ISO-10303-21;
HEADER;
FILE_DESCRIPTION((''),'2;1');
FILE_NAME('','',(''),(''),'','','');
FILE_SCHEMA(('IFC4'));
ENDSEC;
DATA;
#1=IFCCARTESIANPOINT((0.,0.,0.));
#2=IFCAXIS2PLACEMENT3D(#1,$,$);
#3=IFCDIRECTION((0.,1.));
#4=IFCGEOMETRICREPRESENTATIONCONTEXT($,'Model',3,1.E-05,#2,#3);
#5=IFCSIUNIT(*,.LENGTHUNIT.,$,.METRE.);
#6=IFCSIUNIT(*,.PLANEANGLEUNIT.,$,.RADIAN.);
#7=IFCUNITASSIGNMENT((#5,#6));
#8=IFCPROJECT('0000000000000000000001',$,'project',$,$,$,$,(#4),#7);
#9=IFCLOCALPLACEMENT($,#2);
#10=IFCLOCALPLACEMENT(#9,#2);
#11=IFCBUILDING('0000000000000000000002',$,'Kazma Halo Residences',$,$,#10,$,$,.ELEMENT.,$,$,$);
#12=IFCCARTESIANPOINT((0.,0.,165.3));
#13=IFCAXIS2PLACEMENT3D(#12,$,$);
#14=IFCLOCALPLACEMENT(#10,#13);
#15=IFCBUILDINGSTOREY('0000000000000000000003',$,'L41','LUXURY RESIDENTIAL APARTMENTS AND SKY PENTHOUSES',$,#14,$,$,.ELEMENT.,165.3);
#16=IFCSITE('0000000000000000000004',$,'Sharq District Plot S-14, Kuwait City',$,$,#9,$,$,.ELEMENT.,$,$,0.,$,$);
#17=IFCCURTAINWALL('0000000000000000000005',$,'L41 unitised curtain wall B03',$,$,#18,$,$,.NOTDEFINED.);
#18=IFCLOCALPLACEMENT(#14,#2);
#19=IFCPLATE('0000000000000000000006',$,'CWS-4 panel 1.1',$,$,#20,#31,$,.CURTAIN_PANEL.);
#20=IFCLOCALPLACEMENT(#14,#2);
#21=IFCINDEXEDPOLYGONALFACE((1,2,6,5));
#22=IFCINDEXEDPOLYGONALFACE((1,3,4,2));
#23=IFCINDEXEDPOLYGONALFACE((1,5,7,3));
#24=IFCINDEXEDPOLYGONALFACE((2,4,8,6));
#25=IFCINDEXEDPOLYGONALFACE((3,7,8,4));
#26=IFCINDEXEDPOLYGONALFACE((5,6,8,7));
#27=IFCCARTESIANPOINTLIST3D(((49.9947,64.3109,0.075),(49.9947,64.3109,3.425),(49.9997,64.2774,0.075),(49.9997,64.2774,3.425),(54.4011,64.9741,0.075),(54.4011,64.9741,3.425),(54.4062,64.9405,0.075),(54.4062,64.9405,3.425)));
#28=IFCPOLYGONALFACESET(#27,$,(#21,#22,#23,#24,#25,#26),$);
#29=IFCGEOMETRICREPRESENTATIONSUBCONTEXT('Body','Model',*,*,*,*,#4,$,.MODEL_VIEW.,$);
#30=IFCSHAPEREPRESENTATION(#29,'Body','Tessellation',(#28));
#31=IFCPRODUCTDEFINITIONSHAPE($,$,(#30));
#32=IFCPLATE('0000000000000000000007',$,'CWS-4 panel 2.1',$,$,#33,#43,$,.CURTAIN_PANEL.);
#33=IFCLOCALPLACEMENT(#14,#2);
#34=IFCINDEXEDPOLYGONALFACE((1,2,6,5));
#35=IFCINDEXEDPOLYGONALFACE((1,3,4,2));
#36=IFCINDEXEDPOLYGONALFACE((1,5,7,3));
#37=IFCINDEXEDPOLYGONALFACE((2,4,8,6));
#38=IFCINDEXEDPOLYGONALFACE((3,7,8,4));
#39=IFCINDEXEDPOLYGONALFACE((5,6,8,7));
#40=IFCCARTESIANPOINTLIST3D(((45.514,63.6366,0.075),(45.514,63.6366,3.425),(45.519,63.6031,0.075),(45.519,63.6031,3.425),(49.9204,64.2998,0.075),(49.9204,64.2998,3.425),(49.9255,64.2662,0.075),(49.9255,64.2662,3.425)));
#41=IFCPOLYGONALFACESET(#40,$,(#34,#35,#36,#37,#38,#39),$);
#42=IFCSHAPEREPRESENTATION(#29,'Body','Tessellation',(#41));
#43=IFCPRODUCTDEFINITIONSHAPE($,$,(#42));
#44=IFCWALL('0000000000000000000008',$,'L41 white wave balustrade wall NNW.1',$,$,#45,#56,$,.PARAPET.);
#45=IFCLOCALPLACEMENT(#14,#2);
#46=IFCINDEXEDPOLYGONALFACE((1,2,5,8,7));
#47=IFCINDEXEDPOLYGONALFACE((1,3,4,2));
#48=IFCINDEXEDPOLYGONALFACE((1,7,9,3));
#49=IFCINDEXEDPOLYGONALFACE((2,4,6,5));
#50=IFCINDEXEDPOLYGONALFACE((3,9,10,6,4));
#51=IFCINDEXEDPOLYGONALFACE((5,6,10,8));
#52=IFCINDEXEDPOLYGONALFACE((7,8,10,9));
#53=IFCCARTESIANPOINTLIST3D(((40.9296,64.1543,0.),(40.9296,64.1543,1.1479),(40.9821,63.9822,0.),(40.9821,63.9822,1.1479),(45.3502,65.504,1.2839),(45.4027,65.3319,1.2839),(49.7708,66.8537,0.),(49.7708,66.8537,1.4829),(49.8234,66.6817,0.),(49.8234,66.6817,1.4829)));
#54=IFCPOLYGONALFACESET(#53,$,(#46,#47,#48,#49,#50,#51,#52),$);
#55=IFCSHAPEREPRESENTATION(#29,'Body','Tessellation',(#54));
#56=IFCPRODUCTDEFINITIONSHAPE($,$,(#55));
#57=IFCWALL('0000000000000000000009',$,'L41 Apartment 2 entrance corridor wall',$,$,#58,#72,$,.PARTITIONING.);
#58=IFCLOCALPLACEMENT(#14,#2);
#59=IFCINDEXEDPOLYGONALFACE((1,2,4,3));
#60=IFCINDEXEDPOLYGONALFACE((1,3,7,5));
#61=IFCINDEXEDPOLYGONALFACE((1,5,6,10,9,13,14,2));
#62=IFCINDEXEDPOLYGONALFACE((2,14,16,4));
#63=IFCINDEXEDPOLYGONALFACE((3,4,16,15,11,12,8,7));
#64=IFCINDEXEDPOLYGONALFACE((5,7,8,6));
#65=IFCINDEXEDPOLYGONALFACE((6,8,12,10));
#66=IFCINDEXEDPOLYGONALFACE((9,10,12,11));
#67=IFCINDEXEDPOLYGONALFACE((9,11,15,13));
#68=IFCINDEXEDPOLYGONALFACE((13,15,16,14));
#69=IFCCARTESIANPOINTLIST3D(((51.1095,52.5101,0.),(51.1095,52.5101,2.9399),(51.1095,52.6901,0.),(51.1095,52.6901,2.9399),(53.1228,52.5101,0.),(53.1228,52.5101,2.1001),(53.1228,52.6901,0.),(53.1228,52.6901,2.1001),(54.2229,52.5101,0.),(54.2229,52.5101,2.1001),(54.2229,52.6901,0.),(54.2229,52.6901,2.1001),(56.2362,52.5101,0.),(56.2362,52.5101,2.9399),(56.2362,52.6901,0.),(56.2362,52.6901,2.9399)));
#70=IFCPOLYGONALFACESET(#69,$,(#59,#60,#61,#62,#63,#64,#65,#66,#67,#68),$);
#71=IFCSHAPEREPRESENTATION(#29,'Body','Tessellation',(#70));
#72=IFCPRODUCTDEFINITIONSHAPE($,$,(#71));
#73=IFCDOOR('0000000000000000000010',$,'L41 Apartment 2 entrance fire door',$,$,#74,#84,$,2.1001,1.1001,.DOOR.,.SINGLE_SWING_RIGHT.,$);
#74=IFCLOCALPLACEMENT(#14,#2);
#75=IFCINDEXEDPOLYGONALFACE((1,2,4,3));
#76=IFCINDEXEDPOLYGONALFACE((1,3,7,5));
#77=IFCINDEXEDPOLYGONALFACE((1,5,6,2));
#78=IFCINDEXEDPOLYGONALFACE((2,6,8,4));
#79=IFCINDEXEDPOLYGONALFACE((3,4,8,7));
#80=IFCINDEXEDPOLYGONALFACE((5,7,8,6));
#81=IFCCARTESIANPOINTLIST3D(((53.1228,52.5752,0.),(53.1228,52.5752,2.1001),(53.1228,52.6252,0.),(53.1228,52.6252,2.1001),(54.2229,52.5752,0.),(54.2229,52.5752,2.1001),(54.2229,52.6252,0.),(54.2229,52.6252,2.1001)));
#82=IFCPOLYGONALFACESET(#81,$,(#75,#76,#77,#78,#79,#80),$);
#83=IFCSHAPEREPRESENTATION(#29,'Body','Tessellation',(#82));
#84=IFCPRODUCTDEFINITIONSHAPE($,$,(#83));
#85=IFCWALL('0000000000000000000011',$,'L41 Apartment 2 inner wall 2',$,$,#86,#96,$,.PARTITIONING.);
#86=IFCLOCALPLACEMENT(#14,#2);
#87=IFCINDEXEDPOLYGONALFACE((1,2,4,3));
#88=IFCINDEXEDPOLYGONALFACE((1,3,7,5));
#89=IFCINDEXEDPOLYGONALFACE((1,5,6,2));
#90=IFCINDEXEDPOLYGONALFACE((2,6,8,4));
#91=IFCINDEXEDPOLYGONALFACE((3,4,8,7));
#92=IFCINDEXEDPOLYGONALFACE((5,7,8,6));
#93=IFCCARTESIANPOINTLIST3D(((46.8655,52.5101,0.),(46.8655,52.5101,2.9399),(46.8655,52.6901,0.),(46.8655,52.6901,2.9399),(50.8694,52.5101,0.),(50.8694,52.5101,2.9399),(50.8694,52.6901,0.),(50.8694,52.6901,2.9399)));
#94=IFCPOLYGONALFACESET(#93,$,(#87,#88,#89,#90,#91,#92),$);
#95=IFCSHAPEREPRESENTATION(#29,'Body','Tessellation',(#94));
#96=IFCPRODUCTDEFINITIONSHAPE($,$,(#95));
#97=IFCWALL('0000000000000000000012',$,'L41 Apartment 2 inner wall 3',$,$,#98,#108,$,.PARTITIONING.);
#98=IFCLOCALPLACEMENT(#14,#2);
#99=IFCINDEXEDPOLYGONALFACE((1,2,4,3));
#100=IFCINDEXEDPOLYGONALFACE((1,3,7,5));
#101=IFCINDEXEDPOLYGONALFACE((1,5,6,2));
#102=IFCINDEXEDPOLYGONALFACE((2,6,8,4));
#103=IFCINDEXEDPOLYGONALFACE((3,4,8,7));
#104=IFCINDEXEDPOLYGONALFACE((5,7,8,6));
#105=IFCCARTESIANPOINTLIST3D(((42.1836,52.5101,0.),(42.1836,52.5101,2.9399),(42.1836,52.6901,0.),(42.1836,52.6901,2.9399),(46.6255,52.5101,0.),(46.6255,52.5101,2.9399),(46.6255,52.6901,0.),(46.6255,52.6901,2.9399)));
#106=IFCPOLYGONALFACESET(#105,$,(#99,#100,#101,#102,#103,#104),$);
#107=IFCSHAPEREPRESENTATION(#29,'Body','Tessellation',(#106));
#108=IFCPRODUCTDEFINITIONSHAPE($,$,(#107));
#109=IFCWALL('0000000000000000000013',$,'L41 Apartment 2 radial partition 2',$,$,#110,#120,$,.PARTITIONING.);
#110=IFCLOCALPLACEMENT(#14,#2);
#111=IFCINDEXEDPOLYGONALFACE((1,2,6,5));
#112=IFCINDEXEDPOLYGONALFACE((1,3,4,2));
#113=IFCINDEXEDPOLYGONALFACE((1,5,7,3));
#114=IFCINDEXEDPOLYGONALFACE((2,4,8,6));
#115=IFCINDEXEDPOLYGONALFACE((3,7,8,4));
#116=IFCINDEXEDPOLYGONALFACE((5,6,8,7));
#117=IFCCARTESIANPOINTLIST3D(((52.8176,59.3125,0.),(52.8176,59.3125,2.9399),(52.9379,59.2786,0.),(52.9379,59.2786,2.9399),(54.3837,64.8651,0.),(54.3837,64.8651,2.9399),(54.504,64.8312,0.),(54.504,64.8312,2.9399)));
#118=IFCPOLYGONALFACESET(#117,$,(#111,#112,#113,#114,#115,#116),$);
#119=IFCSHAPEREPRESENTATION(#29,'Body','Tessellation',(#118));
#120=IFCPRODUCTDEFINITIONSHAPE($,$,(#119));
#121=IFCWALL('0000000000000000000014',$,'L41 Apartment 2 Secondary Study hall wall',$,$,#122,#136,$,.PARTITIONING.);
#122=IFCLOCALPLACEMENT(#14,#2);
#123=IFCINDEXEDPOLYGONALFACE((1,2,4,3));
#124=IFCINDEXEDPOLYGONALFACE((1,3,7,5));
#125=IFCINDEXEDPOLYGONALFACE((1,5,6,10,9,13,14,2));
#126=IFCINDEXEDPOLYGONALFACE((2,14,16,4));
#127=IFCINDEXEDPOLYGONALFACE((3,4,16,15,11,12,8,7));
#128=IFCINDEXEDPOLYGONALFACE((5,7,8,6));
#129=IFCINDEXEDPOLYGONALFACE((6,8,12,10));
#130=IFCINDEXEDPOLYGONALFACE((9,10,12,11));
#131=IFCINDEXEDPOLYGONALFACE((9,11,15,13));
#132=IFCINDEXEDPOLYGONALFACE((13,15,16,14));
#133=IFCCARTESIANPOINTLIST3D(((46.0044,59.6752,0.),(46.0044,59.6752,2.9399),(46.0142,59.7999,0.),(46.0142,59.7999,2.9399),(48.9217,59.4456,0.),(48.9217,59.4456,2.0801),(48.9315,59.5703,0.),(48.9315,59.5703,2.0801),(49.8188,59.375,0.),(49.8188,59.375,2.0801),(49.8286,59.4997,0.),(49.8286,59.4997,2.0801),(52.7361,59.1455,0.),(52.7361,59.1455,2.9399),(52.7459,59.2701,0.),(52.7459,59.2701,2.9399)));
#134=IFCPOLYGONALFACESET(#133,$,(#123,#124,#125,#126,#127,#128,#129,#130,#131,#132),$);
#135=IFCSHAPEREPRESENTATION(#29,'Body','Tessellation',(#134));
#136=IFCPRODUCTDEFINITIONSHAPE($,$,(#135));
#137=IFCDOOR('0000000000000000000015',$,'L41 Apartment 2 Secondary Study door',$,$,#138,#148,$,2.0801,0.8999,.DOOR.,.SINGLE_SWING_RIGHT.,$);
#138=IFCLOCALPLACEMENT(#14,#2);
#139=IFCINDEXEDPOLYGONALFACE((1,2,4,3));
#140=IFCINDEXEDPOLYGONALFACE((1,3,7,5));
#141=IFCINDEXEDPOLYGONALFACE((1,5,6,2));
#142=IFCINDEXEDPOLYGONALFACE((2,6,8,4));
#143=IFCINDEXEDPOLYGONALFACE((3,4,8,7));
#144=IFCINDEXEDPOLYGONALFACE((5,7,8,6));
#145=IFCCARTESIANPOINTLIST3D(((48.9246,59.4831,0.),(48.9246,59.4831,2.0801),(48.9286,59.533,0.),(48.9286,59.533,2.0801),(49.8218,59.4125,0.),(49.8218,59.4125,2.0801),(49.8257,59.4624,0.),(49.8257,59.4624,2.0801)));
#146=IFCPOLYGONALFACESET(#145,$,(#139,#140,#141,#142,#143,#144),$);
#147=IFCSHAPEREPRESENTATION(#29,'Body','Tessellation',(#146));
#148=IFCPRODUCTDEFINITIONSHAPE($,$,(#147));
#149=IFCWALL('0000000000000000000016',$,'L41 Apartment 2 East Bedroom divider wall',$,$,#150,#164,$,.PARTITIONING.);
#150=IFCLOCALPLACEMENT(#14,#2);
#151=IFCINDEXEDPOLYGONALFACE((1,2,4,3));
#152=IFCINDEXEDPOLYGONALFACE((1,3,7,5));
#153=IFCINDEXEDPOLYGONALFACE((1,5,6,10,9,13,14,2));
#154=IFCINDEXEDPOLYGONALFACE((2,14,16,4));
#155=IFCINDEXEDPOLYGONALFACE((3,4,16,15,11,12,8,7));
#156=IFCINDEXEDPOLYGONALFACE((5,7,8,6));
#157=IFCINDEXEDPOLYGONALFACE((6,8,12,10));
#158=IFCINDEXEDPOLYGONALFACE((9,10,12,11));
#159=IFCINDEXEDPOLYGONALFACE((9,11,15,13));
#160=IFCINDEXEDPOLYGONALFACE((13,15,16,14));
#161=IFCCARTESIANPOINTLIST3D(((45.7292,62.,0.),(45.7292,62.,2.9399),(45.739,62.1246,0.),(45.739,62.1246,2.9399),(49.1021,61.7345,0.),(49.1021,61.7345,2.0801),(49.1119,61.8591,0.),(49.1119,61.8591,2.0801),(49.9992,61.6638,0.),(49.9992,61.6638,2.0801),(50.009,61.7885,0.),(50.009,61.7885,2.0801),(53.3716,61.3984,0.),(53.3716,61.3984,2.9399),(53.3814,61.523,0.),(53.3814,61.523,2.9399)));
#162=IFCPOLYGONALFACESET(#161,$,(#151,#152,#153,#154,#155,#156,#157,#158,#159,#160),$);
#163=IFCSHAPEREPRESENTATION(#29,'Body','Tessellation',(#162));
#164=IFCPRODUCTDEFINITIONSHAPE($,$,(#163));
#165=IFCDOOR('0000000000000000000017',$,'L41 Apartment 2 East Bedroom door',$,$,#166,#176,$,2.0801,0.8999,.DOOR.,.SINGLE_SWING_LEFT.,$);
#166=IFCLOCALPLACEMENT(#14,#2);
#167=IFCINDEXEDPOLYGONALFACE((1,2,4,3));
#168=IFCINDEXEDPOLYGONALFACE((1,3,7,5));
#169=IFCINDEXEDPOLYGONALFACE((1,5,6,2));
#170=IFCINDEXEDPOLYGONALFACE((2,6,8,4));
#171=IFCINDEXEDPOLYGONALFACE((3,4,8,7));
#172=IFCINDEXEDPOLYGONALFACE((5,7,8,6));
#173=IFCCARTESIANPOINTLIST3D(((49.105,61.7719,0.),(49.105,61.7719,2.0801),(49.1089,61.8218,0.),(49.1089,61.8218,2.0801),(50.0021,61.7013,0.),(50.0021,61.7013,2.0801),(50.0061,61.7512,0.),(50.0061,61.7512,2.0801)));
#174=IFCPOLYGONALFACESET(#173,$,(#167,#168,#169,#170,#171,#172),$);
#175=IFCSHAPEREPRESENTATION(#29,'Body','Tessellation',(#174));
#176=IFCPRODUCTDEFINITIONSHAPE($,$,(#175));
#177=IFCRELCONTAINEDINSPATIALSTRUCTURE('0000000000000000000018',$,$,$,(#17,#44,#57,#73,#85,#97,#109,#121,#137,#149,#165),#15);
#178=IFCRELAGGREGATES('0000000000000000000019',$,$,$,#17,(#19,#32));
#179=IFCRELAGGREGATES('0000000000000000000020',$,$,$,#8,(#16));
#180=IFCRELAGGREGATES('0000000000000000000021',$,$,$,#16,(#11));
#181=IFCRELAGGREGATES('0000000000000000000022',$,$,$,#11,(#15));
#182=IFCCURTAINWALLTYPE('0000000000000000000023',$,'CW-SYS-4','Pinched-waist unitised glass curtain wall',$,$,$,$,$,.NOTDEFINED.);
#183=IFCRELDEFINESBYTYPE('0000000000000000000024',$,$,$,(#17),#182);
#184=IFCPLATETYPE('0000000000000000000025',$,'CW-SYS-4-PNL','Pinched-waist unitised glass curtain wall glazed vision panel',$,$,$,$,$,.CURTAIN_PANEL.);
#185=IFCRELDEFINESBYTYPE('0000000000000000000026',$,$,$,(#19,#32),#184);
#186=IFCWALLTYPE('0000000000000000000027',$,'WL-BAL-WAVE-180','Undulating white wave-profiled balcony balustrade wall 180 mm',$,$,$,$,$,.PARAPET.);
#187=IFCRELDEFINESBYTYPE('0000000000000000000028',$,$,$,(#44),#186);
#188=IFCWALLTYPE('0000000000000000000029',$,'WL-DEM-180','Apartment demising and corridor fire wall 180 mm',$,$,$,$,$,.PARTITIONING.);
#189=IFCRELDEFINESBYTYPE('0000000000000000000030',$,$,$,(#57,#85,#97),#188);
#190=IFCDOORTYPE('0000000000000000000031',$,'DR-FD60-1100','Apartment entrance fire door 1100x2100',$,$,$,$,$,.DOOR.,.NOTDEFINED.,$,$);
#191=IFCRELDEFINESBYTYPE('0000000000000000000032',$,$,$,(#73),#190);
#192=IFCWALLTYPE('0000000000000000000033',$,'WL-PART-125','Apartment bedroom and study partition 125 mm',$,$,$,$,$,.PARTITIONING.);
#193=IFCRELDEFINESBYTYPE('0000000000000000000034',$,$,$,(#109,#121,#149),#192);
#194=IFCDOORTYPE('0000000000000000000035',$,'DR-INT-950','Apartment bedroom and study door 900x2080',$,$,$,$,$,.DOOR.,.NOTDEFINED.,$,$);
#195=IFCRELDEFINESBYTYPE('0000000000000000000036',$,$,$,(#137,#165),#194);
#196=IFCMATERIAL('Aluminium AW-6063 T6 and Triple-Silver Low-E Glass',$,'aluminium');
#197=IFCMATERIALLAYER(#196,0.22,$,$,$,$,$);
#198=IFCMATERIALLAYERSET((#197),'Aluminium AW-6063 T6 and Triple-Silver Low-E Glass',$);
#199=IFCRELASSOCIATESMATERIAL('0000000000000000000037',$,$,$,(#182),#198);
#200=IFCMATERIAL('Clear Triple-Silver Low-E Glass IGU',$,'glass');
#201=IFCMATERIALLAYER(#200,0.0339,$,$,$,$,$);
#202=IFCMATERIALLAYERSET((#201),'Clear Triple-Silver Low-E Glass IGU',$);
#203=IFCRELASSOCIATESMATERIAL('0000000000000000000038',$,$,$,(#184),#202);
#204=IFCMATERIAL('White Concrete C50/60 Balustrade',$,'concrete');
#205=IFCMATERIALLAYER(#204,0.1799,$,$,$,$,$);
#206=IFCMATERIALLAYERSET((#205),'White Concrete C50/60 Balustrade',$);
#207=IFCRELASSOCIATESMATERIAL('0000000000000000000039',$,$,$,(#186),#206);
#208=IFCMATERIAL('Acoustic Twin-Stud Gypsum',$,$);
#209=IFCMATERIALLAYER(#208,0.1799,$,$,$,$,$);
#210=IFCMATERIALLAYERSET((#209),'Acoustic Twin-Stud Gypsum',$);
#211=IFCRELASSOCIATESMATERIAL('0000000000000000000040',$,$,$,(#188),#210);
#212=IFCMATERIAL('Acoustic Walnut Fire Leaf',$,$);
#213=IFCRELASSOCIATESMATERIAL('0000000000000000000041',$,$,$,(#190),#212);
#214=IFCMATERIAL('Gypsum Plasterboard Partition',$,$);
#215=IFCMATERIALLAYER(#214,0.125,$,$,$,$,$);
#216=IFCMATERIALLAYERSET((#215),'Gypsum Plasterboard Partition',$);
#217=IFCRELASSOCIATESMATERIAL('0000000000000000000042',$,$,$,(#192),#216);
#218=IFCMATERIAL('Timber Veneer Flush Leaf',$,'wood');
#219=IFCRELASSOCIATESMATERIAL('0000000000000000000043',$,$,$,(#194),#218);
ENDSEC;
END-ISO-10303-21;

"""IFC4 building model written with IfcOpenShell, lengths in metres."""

from ifc_helpers import new_model, si_unit, direction, frame, frame_2d, origin, origin_2d, place, context, subcontext, project, spatial, polyline, rectangle, outline, extrude, material, layer, layer_set, type_object, element, fill, aggregate, save


model = new_model("IFC4")

# Units and contexts
model_context = context("Model", 3, precision=1e-05, world=origin(), true_north=direction((0.0, 1.0)))
body_context = subcontext(model_context, "Body", "Model", "MODEL_VIEW")
ifc_project = project(units=[si_unit("LENGTHUNIT", "METRE"), si_unit("PLANEANGLEUNIT", "RADIAN")], contexts=[model_context])

# Site, building, storey
site_placement = place(None, origin())
site = spatial("IfcSite", under=ifc_project, at=site_placement, Name="Sharq District Plot S-14, Kuwait City", CompositionType="ELEMENT", RefElevation=0.0)
building_placement = place(site_placement, origin())
building = spatial("IfcBuilding", under=site, at=building_placement, Name="Kazma Halo Residences", CompositionType="ELEMENT")
storey_placement = place(building_placement, frame((0.0, 0.0, 165.3)))
storey = spatial("IfcBuildingStorey", under=building, at=storey_placement, Name="L41", Description="LUXURY RESIDENTIAL APARTMENTS AND SKY PENTHOUSES", CompositionType="ELEMENT", Elevation=165.3)

# Curtain wall, plates
ifc_material_1 = material(Name="Aluminium AW-6063 T6 and Triple-Silver Low-E Glass", Category="aluminium")
ifc_layer_1 = layer(ifc_material_1, 0.22)
ifc_layer_set_1 = layer_set([ifc_layer_1], Name="Aluminium AW-6063 T6 and Triple-Silver Low-E Glass")
curtain_wall_type = type_object("IfcCurtainWallType", Name="CW-SYS-4", Description="Pinched-waist unitised glass curtain wall", PredefinedType="NOTDEFINED", material=ifc_layer_set_1)
curtain_wall_placement = place(storey_placement, origin())
curtain_wall = element("IfcCurtainWall", 1, at=curtain_wall_placement, inside=storey, type_object=curtain_wall_type, Name="L41 unitised curtain wall B03", PredefinedType="NOTDEFINED")
ifc_material_2 = material(Name="Clear Triple-Silver Low-E Glass IGU", Category="glass")
ifc_layer_2 = layer(ifc_material_2, 0.0339)
ifc_layer_set_2 = layer_set([ifc_layer_2], Name="Clear Triple-Silver Low-E Glass IGU")
plate_type = type_object("IfcPlateType", Name="CW-SYS-4-PNL", Description="Pinched-waist unitised glass curtain wall glazed vision panel", PredefinedType="CURTAIN_PANEL", material=ifc_layer_set_2)
plate_1_placement = place(storey_placement, frame((52.2004, 64.6257, 0.075), z_axis=(0.0, 0.0, 1.0), x_axis=(-0.988864, -0.148821, 0.0)))
plate_1 = element("IfcPlate", 2, at=plate_1_placement, type_object=plate_type, Name="CWS-4 panel 1.1", PredefinedType="CURTAIN_PANEL", context=body_context, shape_type="SweptSolid", body=[
    extrude(rectangle(XDim=4.4561, YDim=0.0339, at=origin_2d()), origin(), (0.0, 0.0, 1.0), 3.3501),
])
plate_2_placement = place(storey_placement, frame((47.7197, 63.9514, 0.075), z_axis=(0.0, 0.0, 1.0), x_axis=(-0.988864, -0.148821, 0.0)))
plate_2 = element("IfcPlate", 3, at=plate_2_placement, type_object=plate_type, Name="CWS-4 panel 2.1", PredefinedType="CURTAIN_PANEL", context=body_context, shape_type="SweptSolid", body=[
    extrude(rectangle(XDim=4.4561, YDim=0.0339, at=origin_2d()), origin(), (0.0, 0.0, 1.0), 3.3501),
])
aggregate(curtain_wall, [plate_1, plate_2])

# Wall
ifc_material_3 = material(Name="White Concrete C50/60 Balustrade", Category="concrete")
ifc_layer_3 = layer(ifc_material_3, 0.1799)
ifc_layer_set_3 = layer_set([ifc_layer_3], Name="White Concrete C50/60 Balustrade")
wall_type_1 = type_object("IfcWallType", Name="WL-BAL-WAVE-180", Description="Undulating white wave-profiled balcony balustrade wall 180 mm", PredefinedType="PARAPET", material=ifc_layer_set_3)
wall_1_placement = place(storey_placement, frame((49.7971, 66.7676, 0.0), z_axis=(0.0, 0.0, 1.0), x_axis=(-0.956413, -0.292016, 0.0)))
element("IfcWall", 4, at=wall_1_placement, inside=storey, type_object=wall_type_1, Name="L41 white wave balustrade wall NNW.1", PredefinedType="PARAPET", context=body_context, shape_type="SweptSolid", body=[
    extrude(outline(polyline([(0.0, 0.0), (9.2441, 0.0), (9.2441, 1.1479), (4.6221, 1.2839), (0.0, 1.4829), (0.0, 0.0)])), frame((0.0, 0.0898, 0.0), z_axis=(0.0, -1.0, 0.0), x_axis=(1.0, 0.0, 0.0)), (0.0, 0.0, 1.0), 0.1799),
])

# Wall, opening, door
ifc_material_4 = material(Name="Acoustic Twin-Stud Gypsum")
ifc_layer_4 = layer(ifc_material_4, 0.1799)
ifc_layer_set_4 = layer_set([ifc_layer_4], Name="Acoustic Twin-Stud Gypsum")
wall_type_2 = type_object("IfcWallType", Name="WL-DEM-180", Description="Apartment demising and corridor fire wall 180 mm", PredefinedType="PARTITIONING", material=ifc_layer_set_4)
wall_2_placement = place(storey_placement, frame((56.2363, 52.6001, 0.0), z_axis=(0.0, 0.0, 1.0), x_axis=(-1.0, 0.0, 0.0)))
wall_2 = element("IfcWall", 5, at=wall_2_placement, inside=storey, type_object=wall_type_2, Name="L41 Apartment 2 entrance corridor wall", PredefinedType="PARTITIONING", context=body_context, shape_type="SweptSolid", body=[
    extrude(rectangle(XDim=5.1267, YDim=0.1799, at=frame_2d((2.5635, 0.0))), origin(), (0.0, 0.0, 1.0), 2.9399),
])
opening_1_placement = place(wall_2_placement, frame((2.0134, 0.0, 0.0)))
opening_1 = element("IfcOpeningElement", 6, at=opening_1_placement, cuts=wall_2, PredefinedType="OPENING", context=body_context, shape_type="SweptSolid", body=[
    extrude(rectangle(XDim=1.1001, YDim=2.1001, at=frame_2d((0.55, 1.05))), frame((0.0, 0.0999, 0.0), z_axis=(0.0, -1.0, 0.0), x_axis=(1.0, 0.0, 0.0)), (0.0, 0.0, 1.0), 0.2),
])
ifc_material_5 = material(Name="Acoustic Walnut Fire Leaf")
door_type_1 = type_object("IfcDoorType", Name="DR-FD60-1100", Description="Apartment entrance fire door 1100x2100", OperationType="NOTDEFINED", PredefinedType="DOOR", material=ifc_material_5)
door_1_placement = place(opening_1_placement, origin())
door_1 = element("IfcDoor", 7, at=door_1_placement, inside=storey, type_object=door_type_1, Name="L41 Apartment 2 entrance fire door", OperationType="SINGLE_SWING_RIGHT", OverallHeight=2.1001, OverallWidth=1.1001, PredefinedType="DOOR", context=body_context, shape_type="SweptSolid", body=[
    extrude(rectangle(XDim=1.1001, YDim=2.1001, at=frame_2d((0.55, 1.05))), frame((0.0, 0.0249, 0.0), z_axis=(0.0, -1.0, 0.0), x_axis=(1.0, 0.0, 0.0)), (0.0, 0.0, 1.0), 0.05),
])
fill(opening_1, door_1)

# Walls
wall_3_placement = place(storey_placement, frame((50.8694, 52.6001, 0.0), z_axis=(0.0, 0.0, 1.0), x_axis=(-1.0, 0.0, 0.0)))
element("IfcWall", 8, at=wall_3_placement, inside=storey, type_object=wall_type_2, Name="L41 Apartment 2 inner wall 2", PredefinedType="PARTITIONING", context=body_context, shape_type="SweptSolid", body=[
    extrude(rectangle(XDim=4.0039, YDim=0.1799, at=frame_2d((2.002, 0.0))), origin(), (0.0, 0.0, 1.0), 2.9399),
])
wall_4_placement = place(storey_placement, frame((46.6255, 52.6001, 0.0), z_axis=(0.0, 0.0, 1.0), x_axis=(-1.0, 0.0, 0.0)))
element("IfcWall", 9, at=wall_4_placement, inside=storey, type_object=wall_type_2, Name="L41 Apartment 2 inner wall 3", PredefinedType="PARTITIONING", context=body_context, shape_type="SweptSolid", body=[
    extrude(rectangle(XDim=4.4419, YDim=0.1799, at=frame_2d((2.2209, 0.0))), origin(), (0.0, 0.0, 1.0), 2.9399),
])
ifc_material_6 = material(Name="Gypsum Plasterboard Partition")
ifc_layer_5 = layer(ifc_material_6, 0.125)
ifc_layer_set_5 = layer_set([ifc_layer_5], Name="Gypsum Plasterboard Partition")
wall_type_3 = type_object("IfcWallType", Name="WL-PART-125", Description="Apartment bedroom and study partition 125 mm", PredefinedType="PARTITIONING", material=ifc_layer_set_5)
wall_5_placement = place(storey_placement, frame((52.8777, 59.2954, 0.0), z_axis=(0.0, 0.0, 1.0), x_axis=(0.271461, 0.962449, 0.0)))
element("IfcWall", 10, at=wall_5_placement, inside=storey, type_object=wall_type_3, Name="L41 Apartment 2 radial partition 2", PredefinedType="PARTITIONING", context=body_context, shape_type="SweptSolid", body=[
    extrude(rectangle(XDim=5.7693, YDim=0.125, at=frame_2d((2.8848, 0.0))), origin(), (0.0, 0.0, 1.0), 2.9399),
])

# Walls, openings, doors
wall_6_placement = place(storey_placement, frame((52.741, 59.2078, 0.0), z_axis=(0.0, 0.0, 1.0), x_axis=(-0.996917, 0.078458, 0.0)))
wall_6 = element("IfcWall", 11, at=wall_6_placement, inside=storey, type_object=wall_type_3, Name="L41 Apartment 2 Secondary Study hall wall", PredefinedType="PARTITIONING", context=body_context, shape_type="SweptSolid", body=[
    extrude(rectangle(XDim=6.7524, YDim=0.125, at=frame_2d((3.3762, 0.0))), origin(), (0.0, 0.0, 1.0), 2.9399),
])
opening_2_placement = place(wall_6_placement, frame((2.9263, 0.0, 0.0)))
opening_2 = element("IfcOpeningElement", 12, at=opening_2_placement, cuts=wall_6, PredefinedType="OPENING", context=body_context, shape_type="SweptSolid", body=[
    extrude(rectangle(XDim=0.8999, YDim=2.0801, at=frame_2d((0.45, 1.04))), frame((0.0, 0.0725, 0.0), z_axis=(0.0, -1.0, 0.0), x_axis=(1.0, 0.0, 0.0)), (0.0, 0.0, 1.0), 0.145),
])
ifc_material_7 = material(Name="Timber Veneer Flush Leaf", Category="wood")
door_type_2 = type_object("IfcDoorType", Name="DR-INT-950", Description="Apartment bedroom and study door 900x2080", OperationType="NOTDEFINED", PredefinedType="DOOR", material=ifc_material_7)
door_2_placement = place(opening_2_placement, origin())
door_2 = element("IfcDoor", 13, at=door_2_placement, inside=storey, type_object=door_type_2, Name="L41 Apartment 2 Secondary Study door", OperationType="SINGLE_SWING_RIGHT", OverallHeight=2.0801, OverallWidth=0.8999, PredefinedType="DOOR", context=body_context, shape_type="SweptSolid", body=[
    extrude(rectangle(XDim=0.8999, YDim=2.0801, at=frame_2d((0.45, 1.04))), frame((0.0, 0.0249, 0.0), z_axis=(0.0, -1.0, 0.0), x_axis=(1.0, 0.0, 0.0)), (0.0, 0.0, 1.0), 0.05),
])
fill(opening_2, door_2)
wall_7_placement = place(storey_placement, frame((53.3765, 61.4607, 0.0), z_axis=(0.0, 0.0, 1.0), x_axis=(-0.996916, 0.078472, 0.0)))
wall_7 = element("IfcWall", 14, at=wall_7_placement, inside=storey, type_object=wall_type_3, Name="L41 Apartment 2 East Bedroom divider wall", PredefinedType="PARTITIONING", context=body_context, shape_type="SweptSolid", body=[
    extrude(rectangle(XDim=7.666, YDim=0.125, at=frame_2d((3.833, 0.0))), origin(), (0.0, 0.0, 1.0), 2.9399),
])
opening_3_placement = place(wall_7_placement, frame((3.3828, 0.0, 0.0)))
opening_3 = element("IfcOpeningElement", 15, at=opening_3_placement, cuts=wall_7, PredefinedType="OPENING", context=body_context, shape_type="SweptSolid", body=[
    extrude(rectangle(XDim=0.8999, YDim=2.0801, at=frame_2d((0.45, 1.04))), frame((0.0, 0.0725, 0.0), z_axis=(0.0, -1.0, 0.0), x_axis=(1.0, 0.0, 0.0)), (0.0, 0.0, 1.0), 0.145),
])
door_3_placement = place(opening_3_placement, origin())
door_3 = element("IfcDoor", 16, at=door_3_placement, inside=storey, type_object=door_type_2, Name="L41 Apartment 2 East Bedroom door", OperationType="SINGLE_SWING_LEFT", OverallHeight=2.0801, OverallWidth=0.8999, PredefinedType="DOOR", context=body_context, shape_type="SweptSolid", body=[
    extrude(rectangle(XDim=0.8999, YDim=2.0801, at=frame_2d((0.45, 1.04))), frame((0.0, 0.0249, 0.0), z_axis=(0.0, -1.0, 0.0), x_axis=(1.0, 0.0, 0.0)), (0.0, 0.0, 1.0), 0.05),
])
fill(opening_3, door_3)

save(model, "model.ifc")
